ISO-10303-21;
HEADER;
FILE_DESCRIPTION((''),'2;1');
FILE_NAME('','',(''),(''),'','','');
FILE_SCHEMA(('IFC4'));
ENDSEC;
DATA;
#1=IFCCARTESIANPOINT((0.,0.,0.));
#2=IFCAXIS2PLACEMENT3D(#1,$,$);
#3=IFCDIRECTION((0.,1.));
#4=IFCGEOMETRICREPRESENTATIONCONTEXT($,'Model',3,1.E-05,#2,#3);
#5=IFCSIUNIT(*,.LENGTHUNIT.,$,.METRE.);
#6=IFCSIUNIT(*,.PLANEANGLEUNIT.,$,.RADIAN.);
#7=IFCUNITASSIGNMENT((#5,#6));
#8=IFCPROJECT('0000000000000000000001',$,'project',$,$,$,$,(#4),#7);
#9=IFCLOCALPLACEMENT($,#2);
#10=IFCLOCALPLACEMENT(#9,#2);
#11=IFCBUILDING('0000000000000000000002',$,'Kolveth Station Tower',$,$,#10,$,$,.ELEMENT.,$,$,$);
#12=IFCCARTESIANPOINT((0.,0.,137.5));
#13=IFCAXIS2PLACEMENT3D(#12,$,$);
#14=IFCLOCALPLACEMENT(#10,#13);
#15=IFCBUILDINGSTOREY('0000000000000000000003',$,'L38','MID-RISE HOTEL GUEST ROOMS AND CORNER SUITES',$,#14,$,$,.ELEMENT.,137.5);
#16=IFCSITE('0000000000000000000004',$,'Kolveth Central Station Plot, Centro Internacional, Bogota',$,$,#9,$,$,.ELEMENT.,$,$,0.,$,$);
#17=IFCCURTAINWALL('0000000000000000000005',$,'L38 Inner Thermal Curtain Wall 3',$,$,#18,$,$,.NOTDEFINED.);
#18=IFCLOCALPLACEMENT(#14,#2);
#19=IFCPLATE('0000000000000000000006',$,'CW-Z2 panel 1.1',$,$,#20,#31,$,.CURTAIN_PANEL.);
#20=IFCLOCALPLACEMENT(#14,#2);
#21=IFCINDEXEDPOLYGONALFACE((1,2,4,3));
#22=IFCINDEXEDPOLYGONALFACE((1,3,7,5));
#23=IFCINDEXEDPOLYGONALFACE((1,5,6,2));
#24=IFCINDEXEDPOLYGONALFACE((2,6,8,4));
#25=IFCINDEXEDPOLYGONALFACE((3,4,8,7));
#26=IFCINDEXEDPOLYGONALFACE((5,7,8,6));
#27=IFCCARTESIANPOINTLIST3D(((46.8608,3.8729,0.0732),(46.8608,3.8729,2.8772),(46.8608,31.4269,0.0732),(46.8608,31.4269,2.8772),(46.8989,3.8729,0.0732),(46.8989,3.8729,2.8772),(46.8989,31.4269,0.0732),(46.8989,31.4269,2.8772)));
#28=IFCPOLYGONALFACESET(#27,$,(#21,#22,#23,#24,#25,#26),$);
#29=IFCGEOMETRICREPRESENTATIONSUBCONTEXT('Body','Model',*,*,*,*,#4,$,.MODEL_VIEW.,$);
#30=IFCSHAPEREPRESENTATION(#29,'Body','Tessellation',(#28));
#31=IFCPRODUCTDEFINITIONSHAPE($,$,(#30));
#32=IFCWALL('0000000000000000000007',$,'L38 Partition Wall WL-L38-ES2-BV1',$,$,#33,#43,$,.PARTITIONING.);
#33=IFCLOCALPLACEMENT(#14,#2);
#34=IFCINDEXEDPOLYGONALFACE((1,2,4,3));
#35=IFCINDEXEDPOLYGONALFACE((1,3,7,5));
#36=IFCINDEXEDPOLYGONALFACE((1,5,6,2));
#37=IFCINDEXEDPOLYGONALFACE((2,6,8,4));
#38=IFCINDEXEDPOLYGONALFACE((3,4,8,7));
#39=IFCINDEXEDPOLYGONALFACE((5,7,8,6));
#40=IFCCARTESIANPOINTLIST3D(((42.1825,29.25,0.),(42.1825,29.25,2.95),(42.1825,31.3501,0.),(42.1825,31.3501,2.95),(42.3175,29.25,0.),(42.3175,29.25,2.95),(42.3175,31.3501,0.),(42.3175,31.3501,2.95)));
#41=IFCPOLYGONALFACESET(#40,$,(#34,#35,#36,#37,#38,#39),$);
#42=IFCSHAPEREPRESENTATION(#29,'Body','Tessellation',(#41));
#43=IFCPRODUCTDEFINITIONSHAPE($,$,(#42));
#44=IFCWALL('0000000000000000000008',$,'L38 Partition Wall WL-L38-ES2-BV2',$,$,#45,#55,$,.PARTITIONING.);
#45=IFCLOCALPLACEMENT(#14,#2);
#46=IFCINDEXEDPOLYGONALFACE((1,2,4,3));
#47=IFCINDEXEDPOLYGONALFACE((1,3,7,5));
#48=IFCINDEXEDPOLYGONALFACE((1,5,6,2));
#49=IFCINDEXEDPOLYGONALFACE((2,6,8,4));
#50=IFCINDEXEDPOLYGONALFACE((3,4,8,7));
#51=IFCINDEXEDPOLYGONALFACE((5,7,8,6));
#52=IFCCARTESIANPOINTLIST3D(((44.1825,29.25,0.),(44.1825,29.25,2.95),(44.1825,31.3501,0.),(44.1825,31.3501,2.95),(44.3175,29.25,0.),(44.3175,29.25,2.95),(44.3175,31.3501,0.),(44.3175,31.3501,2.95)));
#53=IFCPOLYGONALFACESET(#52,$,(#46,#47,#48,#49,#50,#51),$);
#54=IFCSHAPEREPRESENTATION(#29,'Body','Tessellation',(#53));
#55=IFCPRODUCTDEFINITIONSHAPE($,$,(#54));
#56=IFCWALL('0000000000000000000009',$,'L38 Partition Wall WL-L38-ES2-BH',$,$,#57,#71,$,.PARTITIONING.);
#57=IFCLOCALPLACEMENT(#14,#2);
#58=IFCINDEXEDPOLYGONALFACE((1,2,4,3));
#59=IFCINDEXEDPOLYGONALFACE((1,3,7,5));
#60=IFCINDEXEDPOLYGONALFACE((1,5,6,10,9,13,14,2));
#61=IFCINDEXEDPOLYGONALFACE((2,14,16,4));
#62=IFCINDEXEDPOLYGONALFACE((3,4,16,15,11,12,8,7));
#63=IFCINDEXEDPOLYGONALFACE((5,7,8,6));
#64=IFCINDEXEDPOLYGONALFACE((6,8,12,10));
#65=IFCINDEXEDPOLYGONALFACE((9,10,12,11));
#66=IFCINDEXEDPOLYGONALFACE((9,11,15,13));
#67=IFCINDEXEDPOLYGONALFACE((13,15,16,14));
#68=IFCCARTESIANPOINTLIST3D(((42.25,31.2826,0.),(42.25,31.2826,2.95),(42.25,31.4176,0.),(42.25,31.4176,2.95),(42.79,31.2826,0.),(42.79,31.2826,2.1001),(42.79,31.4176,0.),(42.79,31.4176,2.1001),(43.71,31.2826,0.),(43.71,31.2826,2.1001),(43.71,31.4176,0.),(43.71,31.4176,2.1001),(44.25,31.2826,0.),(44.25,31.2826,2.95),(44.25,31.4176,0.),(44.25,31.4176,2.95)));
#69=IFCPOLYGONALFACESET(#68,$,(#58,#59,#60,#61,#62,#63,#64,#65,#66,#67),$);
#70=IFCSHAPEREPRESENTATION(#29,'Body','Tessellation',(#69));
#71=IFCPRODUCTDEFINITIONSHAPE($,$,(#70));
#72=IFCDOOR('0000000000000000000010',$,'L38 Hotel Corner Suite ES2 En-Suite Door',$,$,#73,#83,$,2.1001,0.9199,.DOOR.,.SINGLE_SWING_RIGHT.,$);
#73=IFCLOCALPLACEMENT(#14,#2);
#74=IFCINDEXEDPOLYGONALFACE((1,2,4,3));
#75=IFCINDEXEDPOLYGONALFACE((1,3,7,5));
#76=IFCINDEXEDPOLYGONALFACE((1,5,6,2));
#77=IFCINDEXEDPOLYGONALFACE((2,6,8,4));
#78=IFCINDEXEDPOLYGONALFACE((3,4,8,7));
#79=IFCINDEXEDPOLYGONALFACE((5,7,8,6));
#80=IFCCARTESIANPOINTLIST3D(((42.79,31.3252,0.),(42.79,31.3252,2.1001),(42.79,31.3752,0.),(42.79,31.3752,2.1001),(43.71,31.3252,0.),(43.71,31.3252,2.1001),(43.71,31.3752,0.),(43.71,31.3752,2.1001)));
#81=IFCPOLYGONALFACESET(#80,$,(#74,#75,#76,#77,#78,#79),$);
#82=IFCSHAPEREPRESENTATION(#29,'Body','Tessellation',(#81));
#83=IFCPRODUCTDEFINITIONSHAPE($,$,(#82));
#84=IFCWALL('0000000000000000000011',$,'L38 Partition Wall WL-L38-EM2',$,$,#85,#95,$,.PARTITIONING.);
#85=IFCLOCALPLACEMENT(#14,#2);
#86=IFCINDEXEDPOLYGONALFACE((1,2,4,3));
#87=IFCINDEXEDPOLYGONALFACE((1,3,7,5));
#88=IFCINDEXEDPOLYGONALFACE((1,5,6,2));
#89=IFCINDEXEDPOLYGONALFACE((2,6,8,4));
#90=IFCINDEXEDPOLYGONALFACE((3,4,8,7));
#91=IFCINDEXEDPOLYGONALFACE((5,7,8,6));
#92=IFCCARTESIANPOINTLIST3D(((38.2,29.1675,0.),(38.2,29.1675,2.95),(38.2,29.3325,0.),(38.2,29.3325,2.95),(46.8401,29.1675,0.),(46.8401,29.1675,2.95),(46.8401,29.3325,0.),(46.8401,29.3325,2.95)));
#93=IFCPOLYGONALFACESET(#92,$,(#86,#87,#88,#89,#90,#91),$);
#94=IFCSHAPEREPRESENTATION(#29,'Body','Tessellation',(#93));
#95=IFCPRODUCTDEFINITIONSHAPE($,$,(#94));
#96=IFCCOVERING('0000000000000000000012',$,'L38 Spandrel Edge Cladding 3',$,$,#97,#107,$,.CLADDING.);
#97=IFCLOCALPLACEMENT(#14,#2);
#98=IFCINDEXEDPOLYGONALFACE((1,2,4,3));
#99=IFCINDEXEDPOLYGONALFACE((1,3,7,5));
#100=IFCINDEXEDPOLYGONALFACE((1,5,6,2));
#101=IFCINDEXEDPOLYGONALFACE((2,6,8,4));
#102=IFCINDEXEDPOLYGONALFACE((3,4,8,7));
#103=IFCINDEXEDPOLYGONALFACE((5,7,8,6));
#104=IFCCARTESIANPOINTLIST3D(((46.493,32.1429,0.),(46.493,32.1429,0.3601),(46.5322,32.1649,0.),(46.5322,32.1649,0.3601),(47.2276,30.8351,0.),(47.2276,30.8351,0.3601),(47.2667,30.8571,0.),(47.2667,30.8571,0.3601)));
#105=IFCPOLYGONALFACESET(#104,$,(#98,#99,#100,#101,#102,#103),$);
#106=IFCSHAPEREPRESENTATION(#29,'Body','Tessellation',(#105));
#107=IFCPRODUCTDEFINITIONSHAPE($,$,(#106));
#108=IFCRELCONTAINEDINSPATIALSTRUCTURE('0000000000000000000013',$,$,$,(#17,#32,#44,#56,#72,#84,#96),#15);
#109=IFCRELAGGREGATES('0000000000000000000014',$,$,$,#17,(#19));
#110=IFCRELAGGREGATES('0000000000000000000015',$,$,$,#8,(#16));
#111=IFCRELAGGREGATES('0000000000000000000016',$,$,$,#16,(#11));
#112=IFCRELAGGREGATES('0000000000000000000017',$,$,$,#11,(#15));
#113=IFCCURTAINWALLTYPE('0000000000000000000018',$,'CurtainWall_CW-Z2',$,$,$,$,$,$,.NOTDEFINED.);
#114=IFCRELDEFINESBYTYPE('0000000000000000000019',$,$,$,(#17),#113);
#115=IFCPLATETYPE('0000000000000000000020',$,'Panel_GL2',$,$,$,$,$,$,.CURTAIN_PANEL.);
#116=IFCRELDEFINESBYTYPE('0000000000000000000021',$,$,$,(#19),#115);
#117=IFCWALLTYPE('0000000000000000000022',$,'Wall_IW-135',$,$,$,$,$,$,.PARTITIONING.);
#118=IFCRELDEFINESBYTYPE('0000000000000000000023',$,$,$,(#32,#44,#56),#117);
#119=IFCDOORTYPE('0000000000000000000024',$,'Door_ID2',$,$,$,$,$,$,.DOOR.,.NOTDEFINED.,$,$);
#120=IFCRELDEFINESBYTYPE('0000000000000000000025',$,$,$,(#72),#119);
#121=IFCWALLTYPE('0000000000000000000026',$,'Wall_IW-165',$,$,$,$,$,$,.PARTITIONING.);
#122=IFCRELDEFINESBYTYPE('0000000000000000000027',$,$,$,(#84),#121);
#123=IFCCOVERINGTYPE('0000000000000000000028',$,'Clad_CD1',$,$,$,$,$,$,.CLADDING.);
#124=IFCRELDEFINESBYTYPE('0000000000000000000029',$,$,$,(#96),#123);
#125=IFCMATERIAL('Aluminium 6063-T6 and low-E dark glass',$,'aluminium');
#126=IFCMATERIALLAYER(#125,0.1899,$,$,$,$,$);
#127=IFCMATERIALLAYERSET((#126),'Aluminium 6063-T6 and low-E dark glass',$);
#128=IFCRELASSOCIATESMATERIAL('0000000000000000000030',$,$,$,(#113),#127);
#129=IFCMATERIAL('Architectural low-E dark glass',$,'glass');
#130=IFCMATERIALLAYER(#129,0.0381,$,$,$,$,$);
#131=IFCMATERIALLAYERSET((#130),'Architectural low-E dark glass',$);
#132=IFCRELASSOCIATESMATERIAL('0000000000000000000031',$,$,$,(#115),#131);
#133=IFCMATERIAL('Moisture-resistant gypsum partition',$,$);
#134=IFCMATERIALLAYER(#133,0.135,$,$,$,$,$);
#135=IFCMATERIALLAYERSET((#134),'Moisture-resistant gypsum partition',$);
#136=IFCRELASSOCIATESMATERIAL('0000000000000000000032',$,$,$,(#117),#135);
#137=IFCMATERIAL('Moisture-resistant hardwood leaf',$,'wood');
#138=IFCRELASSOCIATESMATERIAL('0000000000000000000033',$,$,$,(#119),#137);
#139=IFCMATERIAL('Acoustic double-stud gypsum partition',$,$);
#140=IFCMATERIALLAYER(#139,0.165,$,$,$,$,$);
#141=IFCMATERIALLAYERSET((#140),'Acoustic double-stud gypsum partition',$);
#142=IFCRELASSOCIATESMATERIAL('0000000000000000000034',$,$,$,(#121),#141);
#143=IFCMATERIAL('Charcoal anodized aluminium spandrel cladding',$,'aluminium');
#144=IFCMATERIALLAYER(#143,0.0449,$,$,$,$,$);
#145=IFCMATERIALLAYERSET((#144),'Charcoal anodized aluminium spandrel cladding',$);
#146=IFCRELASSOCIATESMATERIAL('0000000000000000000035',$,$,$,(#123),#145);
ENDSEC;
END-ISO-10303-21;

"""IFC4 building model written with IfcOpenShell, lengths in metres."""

from ifc_helpers import new_model, si_unit, direction, frame, frame_2d, origin, origin_2d, place, context, subcontext, project, spatial, rectangle, extrude, source, transform, mapped, material, layer, layer_set, type_object, element, fill, aggregate, save


model = new_model("IFC4")

# Units and contexts
model_context = context("Model", 3, precision=1e-05, world=origin(), true_north=direction((0.0, 1.0)))
body_context = subcontext(model_context, "Body", "Model", "MODEL_VIEW")
ifc_project = project(units=[si_unit("LENGTHUNIT", "METRE"), si_unit("PLANEANGLEUNIT", "RADIAN")], contexts=[model_context])

# Site, building, storey
site_placement = place(None, origin())
site = spatial("IfcSite", under=ifc_project, at=site_placement, Name="Kolveth Central Station Plot, Centro Internacional, Bogota", CompositionType="ELEMENT", RefElevation=0.0)
building_placement = place(site_placement, origin())
building = spatial("IfcBuilding", under=site, at=building_placement, Name="Kolveth Station Tower", CompositionType="ELEMENT")
storey_placement = place(building_placement, frame((0.0, 0.0, 137.5)))
storey = spatial("IfcBuildingStorey", under=building, at=storey_placement, Name="L38", Description="MID-RISE HOTEL GUEST ROOMS AND CORNER SUITES", CompositionType="ELEMENT", Elevation=137.5)

# Curtain wall
ifc_material_1 = material(Name="Aluminium 6063-T6 and low-E dark glass", Category="aluminium")
ifc_layer_1 = layer(ifc_material_1, 0.1899)
ifc_layer_set_1 = layer_set([ifc_layer_1], Name="Aluminium 6063-T6 and low-E dark glass")
curtain_wall_type = type_object("IfcCurtainWallType", Name="CurtainWall_CW-Z2", PredefinedType="NOTDEFINED", material=ifc_layer_set_1)
curtain_wall_1_placement = place(storey_placement, origin())
curtain_wall_1 = element("IfcCurtainWall", 1, at=curtain_wall_1_placement, inside=storey, type_object=curtain_wall_type, Name="L38 Inner Thermal Curtain Wall 3", PredefinedType="NOTDEFINED")

# Plate
ifc_material_2 = material(Name="Architectural low-E dark glass", Category="glass")
ifc_layer_2 = layer(ifc_material_2, 0.0381)
ifc_layer_set_2 = layer_set([ifc_layer_2], Name="Architectural low-E dark glass")
plate_type = type_object("IfcPlateType", Name="Panel_GL2", PredefinedType="CURTAIN_PANEL", material=ifc_layer_set_2)
shared_shape_1 = source(origin(), body_context, "Body", "SweptSolid", [
    extrude(rectangle(XDim=27.554, YDim=0.0381, at=origin_2d()), origin(), (0.0, 0.0, 1.0), 2.804),
])
plate_placement = place(storey_placement, frame((46.8799, 17.6499, 0.0732), z_axis=(0.0, 0.0, 1.0), x_axis=(0.0, 1.0, 0.0)))
plate = element("IfcPlate", 2, at=plate_placement, type_object=plate_type, Name="CW-Z2 panel 1.1", PredefinedType="CURTAIN_PANEL", context=body_context, shape_type="MappedRepresentation", body=[
    mapped(shared_shape_1, transform((0.0, 0.0, 0.0), x_axis=(1.0, 0.0, 0.0), y_axis=(0.0, 1.0, 0.0), z_axis=(0.0, 0.0, 1.0), scale=1.0)),
])
aggregate(curtain_wall_1, [plate])

# Walls
ifc_material_3 = material(Name="Moisture-resistant gypsum partition")
ifc_layer_3 = layer(ifc_material_3, 0.135)
ifc_layer_set_3 = layer_set([ifc_layer_3], Name="Moisture-resistant gypsum partition")
wall_type_1 = type_object("IfcWallType", Name="Wall_IW-135", PredefinedType="PARTITIONING", material=ifc_layer_set_3)
for number, where, z_axis, x_axis, name in (
    (3, (42.25, 29.25, 0.0), (0.0, 0.0, 1.0), (0.0, 1.0, 0.0), "L38 Partition Wall WL-L38-ES2-BV1"),
    (4, (44.25, 29.25, 0.0), (0.0, 0.0, 1.0), (0.0, 1.0, 0.0), "L38 Partition Wall WL-L38-ES2-BV2"),
):
    element("IfcWall", number, at=place(storey_placement, frame(where, z_axis=z_axis, x_axis=x_axis)), inside=storey, type_object=wall_type_1, Name=name, PredefinedType="PARTITIONING", context=body_context, shape_type="SweptSolid", body=[
        extrude(rectangle(XDim=2.1001, YDim=0.135, at=frame_2d((1.05, 0.0))), origin(), (0.0, 0.0, 1.0), 2.95),
    ])

# Wall, opening, door
wall_1_placement = place(storey_placement, frame((42.25, 31.3501, 0.0), z_axis=(0.0, 0.0, 1.0), x_axis=(1.0, 0.0, 0.0)))
wall_1 = element("IfcWall", 5, at=wall_1_placement, inside=storey, type_object=wall_type_1, Name="L38 Partition Wall WL-L38-ES2-BH", PredefinedType="PARTITIONING", context=body_context, shape_type="SweptSolid", body=[
    extrude(rectangle(XDim=2.0, YDim=0.135, at=frame_2d((1.0, 0.0))), origin(), (0.0, 0.0, 1.0), 2.95),
])
opening_placement = place(wall_1_placement, frame((0.54, 0.0, 0.0)))
opening = element("IfcOpeningElement", 6, at=opening_placement, cuts=wall_1, PredefinedType="OPENING", context=body_context, shape_type="SweptSolid", body=[
    extrude(rectangle(XDim=0.9199, YDim=2.1001, at=frame_2d((0.46, 1.05))), frame((0.0, 0.0774, 0.0), z_axis=(0.0, -1.0, 0.0), x_axis=(1.0, 0.0, 0.0)), (0.0, 0.0, 1.0), 0.155),
])
ifc_material_4 = material(Name="Moisture-resistant hardwood leaf", Category="wood")
door_type = type_object("IfcDoorType", Name="Door_ID2", OperationType="NOTDEFINED", PredefinedType="DOOR", material=ifc_material_4)
door_placement = place(opening_placement, frame((0.9199, 0.0, 0.0), z_axis=(0.0, 0.0, 1.0), x_axis=(-1.0, 0.0, 0.0)))
door = element("IfcDoor", 7, at=door_placement, inside=storey, type_object=door_type, Name="L38 Hotel Corner Suite ES2 En-Suite Door", OperationType="SINGLE_SWING_RIGHT", OverallHeight=2.1001, OverallWidth=0.9199, PredefinedType="DOOR", context=body_context, shape_type="SweptSolid", body=[
    extrude(rectangle(XDim=0.9199, YDim=2.1001, at=frame_2d((0.46, 1.05))), frame((0.0, 0.0249, 0.0), z_axis=(0.0, -1.0, 0.0), x_axis=(1.0, 0.0, 0.0)), (0.0, 0.0, 1.0), 0.05),
])
fill(opening, door)

# Wall
ifc_material_5 = material(Name="Acoustic double-stud gypsum partition")
ifc_layer_4 = layer(ifc_material_5, 0.165)
ifc_layer_set_4 = layer_set([ifc_layer_4], Name="Acoustic double-stud gypsum partition")
wall_type_2 = type_object("IfcWallType", Name="Wall_IW-165", PredefinedType="PARTITIONING", material=ifc_layer_set_4)
wall_2_placement = place(storey_placement, frame((38.2, 29.25, 0.0), z_axis=(0.0, 0.0, 1.0), x_axis=(1.0, 0.0, 0.0)))
element("IfcWall", 8, at=wall_2_placement, inside=storey, type_object=wall_type_2, Name="L38 Partition Wall WL-L38-EM2", PredefinedType="PARTITIONING", context=body_context, shape_type="SweptSolid", body=[
    extrude(rectangle(XDim=8.6401, YDim=0.165, at=frame_2d((4.3201, 0.0))), origin(), (0.0, 0.0, 1.0), 2.95),
])

# Covering
ifc_material_6 = material(Name="Charcoal anodized aluminium spandrel cladding", Category="aluminium")
ifc_layer_5 = layer(ifc_material_6, 0.0449)
ifc_layer_set_5 = layer_set([ifc_layer_5], Name="Charcoal anodized aluminium spandrel cladding")
covering_type = type_object("IfcCoveringType", Name="Clad_CD1", PredefinedType="CLADDING", material=ifc_layer_set_5)
shared_shape_2 = source(origin(), body_context, "Body", "SweptSolid", [
    extrude(rectangle(XDim=1.5, YDim=0.0449, at=origin_2d()), origin(), (0.0, 0.0, 1.0), 0.3601),
])
covering_placement = place(storey_placement, frame((46.8799, 31.5, 0.0), z_axis=(0.0, 0.0, 1.0), x_axis=(-0.489687, 0.871898, 0.0)))
element("IfcCovering", 9, at=covering_placement, inside=storey, type_object=covering_type, Name="L38 Spandrel Edge Cladding 3", PredefinedType="CLADDING", context=body_context, shape_type="MappedRepresentation", body=[
    mapped(shared_shape_2, transform((0.0, 0.0, 0.0), x_axis=(1.0, 0.0, 0.0), y_axis=(0.0, 1.0, 0.0), z_axis=(0.0, 0.0, 1.0), scale=1.0)),
])

save(model, "model.ifc")
